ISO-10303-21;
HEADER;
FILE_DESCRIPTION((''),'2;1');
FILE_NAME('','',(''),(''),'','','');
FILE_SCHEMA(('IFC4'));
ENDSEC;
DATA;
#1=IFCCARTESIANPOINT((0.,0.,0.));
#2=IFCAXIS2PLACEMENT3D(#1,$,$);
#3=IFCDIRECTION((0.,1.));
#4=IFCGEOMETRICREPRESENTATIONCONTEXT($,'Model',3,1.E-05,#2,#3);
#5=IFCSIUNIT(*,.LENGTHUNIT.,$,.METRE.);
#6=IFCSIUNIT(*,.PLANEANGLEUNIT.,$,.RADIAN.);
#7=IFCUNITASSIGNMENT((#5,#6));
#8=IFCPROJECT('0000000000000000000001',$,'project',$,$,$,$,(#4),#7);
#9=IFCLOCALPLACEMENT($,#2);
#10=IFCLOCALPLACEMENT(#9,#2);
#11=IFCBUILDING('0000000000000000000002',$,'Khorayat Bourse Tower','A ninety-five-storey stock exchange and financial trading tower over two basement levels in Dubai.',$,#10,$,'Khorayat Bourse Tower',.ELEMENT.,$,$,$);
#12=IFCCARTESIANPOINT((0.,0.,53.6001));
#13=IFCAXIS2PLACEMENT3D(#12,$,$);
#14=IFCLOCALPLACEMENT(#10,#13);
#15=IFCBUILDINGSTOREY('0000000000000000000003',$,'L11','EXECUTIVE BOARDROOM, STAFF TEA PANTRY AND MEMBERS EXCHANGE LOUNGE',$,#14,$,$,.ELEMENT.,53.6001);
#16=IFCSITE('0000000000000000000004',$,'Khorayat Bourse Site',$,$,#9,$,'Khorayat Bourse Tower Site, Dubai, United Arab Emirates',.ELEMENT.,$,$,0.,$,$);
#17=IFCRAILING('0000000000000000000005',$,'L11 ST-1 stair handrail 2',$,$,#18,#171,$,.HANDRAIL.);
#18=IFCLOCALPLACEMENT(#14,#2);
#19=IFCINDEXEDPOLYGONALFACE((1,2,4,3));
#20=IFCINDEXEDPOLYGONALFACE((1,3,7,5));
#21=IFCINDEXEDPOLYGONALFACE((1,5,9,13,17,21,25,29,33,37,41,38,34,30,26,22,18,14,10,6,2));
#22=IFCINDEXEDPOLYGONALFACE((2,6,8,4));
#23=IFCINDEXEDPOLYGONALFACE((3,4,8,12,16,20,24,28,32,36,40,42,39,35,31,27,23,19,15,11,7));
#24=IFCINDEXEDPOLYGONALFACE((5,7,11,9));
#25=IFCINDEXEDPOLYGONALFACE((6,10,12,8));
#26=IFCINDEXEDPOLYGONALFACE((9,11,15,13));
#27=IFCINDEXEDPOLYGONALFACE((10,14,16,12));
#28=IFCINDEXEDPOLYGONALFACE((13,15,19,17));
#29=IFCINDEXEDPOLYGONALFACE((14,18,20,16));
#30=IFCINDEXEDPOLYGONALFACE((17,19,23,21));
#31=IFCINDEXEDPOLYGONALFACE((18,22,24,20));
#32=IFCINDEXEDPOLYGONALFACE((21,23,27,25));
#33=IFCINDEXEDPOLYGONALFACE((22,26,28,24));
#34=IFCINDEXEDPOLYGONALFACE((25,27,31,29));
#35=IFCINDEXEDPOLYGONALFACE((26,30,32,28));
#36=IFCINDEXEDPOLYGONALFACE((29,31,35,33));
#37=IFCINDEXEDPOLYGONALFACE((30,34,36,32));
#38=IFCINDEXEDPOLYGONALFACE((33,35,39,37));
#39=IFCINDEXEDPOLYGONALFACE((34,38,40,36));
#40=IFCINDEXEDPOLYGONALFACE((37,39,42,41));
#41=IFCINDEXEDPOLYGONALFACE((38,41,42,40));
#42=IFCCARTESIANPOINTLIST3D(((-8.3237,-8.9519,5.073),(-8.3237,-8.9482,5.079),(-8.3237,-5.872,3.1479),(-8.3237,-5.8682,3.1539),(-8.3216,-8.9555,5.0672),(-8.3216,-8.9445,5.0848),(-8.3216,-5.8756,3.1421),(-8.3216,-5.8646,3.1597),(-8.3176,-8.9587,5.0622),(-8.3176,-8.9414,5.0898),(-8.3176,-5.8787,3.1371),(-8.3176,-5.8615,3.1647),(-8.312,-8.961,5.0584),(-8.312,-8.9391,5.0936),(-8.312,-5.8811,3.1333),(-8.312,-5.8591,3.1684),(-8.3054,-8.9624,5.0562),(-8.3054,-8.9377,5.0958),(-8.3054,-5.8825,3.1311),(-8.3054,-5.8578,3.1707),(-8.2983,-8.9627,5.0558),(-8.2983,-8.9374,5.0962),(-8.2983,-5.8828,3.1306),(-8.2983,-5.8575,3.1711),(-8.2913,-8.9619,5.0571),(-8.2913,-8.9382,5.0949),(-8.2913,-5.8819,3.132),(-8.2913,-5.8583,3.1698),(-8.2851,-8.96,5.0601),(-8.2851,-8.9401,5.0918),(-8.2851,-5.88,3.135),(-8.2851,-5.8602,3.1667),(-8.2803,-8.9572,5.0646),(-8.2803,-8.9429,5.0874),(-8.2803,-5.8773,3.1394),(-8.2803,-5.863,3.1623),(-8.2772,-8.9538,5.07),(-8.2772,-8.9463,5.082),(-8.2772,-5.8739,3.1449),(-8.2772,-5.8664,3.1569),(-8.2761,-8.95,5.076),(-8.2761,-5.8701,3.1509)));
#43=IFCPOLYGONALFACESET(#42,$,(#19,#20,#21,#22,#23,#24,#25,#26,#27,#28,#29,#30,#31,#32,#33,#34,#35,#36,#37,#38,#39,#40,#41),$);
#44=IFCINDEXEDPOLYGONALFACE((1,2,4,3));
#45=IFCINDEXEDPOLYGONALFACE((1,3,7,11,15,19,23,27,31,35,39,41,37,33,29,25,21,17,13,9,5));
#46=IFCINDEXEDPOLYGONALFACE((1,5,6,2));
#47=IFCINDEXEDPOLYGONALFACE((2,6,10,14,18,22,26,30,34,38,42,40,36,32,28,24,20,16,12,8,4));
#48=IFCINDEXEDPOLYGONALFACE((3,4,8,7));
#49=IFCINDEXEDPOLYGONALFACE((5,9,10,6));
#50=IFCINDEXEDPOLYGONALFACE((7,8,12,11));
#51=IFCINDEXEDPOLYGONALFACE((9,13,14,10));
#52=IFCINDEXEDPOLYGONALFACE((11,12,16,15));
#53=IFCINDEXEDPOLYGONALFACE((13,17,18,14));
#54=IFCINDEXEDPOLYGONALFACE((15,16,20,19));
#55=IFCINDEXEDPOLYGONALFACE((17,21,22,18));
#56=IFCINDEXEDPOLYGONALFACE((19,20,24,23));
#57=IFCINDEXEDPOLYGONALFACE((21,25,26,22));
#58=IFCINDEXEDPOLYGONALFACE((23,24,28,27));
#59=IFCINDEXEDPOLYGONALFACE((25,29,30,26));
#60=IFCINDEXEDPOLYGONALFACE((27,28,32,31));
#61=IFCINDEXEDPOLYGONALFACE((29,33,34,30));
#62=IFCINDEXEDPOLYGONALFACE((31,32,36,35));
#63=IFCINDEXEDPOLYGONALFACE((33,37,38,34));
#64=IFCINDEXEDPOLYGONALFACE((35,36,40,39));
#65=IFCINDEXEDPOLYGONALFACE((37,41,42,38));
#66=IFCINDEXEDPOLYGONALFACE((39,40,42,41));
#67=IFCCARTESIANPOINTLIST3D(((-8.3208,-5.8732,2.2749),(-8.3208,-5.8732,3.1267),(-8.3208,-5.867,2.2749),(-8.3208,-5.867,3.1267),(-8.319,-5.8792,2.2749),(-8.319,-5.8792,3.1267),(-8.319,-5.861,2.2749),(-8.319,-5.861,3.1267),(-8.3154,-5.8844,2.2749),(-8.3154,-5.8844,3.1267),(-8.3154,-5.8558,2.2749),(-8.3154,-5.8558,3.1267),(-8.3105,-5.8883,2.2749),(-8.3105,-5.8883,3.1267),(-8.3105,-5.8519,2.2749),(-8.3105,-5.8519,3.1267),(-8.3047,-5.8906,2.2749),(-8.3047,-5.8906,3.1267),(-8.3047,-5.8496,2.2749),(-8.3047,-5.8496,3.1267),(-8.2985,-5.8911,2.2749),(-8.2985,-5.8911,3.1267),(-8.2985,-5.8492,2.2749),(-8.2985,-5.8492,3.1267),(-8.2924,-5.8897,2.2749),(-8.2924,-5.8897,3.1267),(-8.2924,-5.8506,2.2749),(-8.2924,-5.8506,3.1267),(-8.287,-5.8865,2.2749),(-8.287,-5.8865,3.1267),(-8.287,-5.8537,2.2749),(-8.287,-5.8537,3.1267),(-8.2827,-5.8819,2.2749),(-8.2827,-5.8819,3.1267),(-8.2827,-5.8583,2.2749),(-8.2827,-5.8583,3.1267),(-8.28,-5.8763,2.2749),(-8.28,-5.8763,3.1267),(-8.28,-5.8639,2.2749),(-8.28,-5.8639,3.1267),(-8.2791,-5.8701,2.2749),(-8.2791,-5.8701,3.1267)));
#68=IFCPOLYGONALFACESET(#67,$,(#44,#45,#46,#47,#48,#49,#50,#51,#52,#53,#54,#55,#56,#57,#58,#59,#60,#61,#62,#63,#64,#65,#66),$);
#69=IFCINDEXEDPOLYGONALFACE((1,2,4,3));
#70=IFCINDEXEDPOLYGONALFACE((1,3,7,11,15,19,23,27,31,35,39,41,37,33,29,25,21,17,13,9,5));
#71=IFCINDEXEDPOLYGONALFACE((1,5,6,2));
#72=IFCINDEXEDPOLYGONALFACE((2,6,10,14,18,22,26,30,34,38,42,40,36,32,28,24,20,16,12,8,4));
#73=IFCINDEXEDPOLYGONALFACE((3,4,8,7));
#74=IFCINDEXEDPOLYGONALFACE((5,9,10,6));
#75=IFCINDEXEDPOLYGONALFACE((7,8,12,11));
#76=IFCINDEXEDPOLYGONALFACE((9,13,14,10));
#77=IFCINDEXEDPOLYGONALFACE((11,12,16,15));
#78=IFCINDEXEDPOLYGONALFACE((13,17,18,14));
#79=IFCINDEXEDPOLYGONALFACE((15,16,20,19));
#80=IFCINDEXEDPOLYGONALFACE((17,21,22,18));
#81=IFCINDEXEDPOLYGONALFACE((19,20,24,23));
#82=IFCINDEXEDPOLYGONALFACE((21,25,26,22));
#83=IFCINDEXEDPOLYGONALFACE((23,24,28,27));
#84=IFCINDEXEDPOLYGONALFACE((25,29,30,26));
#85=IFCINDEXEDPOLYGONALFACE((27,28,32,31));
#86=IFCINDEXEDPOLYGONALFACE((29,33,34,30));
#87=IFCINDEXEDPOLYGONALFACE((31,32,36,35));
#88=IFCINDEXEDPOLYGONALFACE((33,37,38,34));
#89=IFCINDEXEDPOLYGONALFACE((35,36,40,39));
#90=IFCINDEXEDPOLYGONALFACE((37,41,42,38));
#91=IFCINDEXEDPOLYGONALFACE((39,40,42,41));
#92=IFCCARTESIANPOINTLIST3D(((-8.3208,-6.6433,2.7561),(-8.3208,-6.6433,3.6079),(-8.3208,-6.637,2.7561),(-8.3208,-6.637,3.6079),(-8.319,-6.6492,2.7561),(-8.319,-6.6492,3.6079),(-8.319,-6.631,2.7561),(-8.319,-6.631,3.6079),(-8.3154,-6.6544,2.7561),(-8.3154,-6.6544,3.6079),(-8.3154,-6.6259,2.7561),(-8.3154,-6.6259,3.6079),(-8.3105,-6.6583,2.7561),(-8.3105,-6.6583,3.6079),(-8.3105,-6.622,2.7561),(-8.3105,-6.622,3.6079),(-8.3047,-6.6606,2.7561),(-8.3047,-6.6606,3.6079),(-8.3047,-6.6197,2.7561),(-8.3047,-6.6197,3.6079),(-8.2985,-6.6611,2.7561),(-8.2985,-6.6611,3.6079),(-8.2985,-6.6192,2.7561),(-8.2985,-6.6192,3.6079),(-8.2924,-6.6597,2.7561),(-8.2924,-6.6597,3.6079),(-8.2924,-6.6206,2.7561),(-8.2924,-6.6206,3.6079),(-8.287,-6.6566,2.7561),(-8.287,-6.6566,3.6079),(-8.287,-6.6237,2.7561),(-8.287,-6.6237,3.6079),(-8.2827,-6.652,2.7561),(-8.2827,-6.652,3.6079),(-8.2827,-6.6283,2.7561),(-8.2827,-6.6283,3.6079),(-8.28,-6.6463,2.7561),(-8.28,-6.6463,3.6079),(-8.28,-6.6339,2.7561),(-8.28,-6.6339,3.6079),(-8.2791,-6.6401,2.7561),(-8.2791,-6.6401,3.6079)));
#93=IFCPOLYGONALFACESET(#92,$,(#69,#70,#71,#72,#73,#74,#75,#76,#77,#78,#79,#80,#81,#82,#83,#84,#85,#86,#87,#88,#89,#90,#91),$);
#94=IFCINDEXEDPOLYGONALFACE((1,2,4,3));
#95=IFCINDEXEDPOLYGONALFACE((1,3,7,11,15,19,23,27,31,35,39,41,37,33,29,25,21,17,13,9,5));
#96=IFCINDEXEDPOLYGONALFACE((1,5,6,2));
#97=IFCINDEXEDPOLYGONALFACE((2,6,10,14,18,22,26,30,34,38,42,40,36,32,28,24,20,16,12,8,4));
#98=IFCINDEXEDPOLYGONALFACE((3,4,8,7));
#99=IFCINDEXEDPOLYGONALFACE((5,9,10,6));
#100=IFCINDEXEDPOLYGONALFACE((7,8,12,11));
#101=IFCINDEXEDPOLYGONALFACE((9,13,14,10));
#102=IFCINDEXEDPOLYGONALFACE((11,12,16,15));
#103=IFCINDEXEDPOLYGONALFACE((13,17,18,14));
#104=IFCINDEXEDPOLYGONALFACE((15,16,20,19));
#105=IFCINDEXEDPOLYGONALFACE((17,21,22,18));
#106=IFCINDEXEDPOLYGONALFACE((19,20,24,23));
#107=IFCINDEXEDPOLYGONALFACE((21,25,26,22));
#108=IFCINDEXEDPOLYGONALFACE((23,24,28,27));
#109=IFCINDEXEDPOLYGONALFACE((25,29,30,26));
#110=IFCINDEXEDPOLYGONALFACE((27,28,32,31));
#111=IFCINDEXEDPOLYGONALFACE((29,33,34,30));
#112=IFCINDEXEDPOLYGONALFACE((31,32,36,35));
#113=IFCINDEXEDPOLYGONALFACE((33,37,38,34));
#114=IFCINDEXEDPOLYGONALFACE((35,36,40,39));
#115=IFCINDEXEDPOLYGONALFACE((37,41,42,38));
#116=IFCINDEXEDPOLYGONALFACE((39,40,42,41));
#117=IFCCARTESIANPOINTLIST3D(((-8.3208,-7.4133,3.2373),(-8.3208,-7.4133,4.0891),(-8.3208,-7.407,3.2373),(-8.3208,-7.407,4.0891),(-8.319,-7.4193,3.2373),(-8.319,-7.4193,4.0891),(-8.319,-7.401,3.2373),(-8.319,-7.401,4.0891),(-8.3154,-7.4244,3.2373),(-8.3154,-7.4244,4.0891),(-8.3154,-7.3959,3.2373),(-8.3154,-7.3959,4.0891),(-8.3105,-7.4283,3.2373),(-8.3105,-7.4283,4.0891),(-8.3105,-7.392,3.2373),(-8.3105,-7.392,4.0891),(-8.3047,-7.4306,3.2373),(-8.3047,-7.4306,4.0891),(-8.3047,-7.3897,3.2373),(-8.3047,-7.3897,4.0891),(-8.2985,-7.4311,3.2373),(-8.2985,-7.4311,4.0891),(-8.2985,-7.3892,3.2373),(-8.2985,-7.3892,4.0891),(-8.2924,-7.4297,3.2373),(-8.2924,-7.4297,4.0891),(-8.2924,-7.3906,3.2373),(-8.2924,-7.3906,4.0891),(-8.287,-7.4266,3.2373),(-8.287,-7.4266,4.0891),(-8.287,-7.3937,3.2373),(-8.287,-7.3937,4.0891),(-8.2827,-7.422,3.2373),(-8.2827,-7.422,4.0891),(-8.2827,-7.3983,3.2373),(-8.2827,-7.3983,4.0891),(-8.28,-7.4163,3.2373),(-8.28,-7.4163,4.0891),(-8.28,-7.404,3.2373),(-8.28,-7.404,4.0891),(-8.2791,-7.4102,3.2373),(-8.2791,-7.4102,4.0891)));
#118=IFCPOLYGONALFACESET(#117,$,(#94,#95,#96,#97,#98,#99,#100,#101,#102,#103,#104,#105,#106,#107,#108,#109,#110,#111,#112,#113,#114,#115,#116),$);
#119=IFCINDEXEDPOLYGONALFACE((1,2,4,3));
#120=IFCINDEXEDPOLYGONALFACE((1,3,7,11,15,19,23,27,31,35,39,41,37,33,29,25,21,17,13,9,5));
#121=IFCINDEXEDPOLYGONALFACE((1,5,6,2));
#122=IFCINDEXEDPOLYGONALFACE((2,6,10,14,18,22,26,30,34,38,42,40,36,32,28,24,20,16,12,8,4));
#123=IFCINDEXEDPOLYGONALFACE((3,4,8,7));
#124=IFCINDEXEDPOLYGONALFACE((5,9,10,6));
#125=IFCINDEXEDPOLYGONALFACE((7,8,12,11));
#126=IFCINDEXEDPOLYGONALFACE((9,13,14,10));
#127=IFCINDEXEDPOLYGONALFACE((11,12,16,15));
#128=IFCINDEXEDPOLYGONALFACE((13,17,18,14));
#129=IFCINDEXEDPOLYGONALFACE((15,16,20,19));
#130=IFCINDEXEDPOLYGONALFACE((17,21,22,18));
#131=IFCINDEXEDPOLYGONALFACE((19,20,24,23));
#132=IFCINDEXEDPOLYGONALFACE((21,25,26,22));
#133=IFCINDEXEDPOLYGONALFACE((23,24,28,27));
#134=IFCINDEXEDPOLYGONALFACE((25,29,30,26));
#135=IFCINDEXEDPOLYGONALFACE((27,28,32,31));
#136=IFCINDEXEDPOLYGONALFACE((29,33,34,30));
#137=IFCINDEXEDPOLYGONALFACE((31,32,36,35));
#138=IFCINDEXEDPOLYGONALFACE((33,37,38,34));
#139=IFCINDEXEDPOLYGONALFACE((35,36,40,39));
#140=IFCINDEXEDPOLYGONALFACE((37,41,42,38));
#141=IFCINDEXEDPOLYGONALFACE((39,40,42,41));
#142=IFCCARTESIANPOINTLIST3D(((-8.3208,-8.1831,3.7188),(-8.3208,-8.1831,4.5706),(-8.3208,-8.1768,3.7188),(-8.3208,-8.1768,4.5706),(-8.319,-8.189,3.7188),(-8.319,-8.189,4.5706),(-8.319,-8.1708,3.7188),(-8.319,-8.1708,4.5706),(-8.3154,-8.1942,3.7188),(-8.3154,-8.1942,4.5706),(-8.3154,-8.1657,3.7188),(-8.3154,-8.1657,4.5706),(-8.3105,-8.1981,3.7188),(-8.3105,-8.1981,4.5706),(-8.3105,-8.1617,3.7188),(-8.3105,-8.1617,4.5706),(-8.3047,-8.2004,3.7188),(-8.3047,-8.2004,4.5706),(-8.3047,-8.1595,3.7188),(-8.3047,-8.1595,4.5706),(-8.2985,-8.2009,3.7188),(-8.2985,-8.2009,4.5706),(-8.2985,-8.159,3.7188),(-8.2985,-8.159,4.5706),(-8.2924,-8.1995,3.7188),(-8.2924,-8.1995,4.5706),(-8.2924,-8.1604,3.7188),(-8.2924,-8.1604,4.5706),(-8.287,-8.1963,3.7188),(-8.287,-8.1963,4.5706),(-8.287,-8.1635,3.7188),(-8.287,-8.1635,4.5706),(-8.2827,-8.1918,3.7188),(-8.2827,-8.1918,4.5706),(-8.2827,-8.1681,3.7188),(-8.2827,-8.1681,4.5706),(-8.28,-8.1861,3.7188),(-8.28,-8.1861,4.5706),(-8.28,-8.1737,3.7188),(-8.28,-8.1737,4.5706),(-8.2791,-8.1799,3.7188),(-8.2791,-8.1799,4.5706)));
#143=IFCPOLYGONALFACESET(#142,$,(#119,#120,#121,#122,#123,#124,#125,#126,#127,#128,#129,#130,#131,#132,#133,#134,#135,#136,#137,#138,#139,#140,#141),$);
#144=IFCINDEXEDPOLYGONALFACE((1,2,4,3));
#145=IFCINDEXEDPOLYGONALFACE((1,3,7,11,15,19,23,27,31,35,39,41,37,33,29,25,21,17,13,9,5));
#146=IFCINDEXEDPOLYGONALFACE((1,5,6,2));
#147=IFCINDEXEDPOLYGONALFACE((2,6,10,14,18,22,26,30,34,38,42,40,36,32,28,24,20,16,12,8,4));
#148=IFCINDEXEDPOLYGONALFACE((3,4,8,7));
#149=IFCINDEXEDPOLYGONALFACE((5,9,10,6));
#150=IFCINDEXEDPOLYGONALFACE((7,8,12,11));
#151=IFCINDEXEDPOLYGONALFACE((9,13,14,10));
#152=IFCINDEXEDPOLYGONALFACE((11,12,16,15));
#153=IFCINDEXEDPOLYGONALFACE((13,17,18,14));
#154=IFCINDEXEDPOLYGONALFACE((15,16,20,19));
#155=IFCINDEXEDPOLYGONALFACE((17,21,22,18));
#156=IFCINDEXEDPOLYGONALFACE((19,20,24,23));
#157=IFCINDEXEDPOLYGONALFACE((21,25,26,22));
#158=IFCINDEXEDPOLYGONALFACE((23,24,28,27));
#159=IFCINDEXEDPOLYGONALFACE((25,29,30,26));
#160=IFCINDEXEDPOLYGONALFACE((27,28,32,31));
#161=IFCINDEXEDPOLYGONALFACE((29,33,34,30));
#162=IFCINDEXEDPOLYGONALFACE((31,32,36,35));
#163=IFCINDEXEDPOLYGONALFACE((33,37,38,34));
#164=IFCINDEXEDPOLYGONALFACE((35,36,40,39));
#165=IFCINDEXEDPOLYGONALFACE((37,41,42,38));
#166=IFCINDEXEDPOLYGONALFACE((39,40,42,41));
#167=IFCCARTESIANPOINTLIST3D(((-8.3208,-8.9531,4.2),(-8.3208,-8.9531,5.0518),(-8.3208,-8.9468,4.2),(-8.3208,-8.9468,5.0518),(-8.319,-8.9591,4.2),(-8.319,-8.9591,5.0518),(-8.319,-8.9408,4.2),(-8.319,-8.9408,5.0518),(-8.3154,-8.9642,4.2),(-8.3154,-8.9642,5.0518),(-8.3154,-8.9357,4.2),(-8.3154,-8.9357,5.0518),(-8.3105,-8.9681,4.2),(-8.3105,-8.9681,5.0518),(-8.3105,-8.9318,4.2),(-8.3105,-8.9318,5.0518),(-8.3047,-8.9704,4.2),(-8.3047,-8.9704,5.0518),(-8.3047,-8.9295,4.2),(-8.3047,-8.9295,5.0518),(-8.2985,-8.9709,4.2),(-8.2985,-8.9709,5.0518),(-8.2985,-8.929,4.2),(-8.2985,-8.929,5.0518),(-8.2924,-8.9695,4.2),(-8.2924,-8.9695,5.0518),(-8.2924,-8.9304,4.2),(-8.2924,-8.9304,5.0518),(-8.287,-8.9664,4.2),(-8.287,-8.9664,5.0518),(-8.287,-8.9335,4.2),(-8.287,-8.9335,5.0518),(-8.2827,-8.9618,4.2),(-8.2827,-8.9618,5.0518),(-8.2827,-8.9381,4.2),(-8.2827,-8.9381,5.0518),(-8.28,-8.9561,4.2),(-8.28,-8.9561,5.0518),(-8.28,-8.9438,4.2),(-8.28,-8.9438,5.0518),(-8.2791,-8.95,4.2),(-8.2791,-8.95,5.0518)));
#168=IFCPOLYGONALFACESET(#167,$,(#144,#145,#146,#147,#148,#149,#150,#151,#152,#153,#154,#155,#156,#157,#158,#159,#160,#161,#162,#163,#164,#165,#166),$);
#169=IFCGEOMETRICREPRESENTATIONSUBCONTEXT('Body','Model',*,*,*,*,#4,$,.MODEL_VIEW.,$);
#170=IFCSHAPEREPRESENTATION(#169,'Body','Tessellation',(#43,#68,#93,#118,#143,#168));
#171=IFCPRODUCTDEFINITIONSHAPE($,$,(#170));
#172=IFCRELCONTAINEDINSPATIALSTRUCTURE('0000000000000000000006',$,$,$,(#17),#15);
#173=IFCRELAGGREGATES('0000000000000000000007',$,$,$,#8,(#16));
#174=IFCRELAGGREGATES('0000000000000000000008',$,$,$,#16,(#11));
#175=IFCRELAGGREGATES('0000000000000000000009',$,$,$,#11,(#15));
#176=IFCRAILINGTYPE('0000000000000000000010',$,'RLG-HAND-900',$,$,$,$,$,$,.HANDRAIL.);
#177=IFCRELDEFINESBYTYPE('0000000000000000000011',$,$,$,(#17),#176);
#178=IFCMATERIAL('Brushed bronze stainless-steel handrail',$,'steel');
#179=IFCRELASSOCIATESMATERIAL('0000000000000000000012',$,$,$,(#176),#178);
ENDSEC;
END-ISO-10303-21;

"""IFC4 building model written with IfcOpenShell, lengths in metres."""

from ifc_helpers import new_model, si_unit, direction, frame, origin, origin_2d, place, context, subcontext, project, spatial, circle, extrude, source, transform, mapped, material, type_object, element, save


model = new_model("IFC4")

# Units and contexts
model_context = context("Model", 3, precision=1e-05, world=origin(), true_north=direction((0.0, 1.0)))
body_context = subcontext(model_context, "Body", "Model", "MODEL_VIEW")
ifc_project = project(units=[si_unit("LENGTHUNIT", "METRE"), si_unit("PLANEANGLEUNIT", "RADIAN")], contexts=[model_context])

# Site, building, storey
site_placement = place(None, origin())
site = spatial("IfcSite", under=ifc_project, at=site_placement, Name="Khorayat Bourse Site", LongName="Khorayat Bourse Tower Site, Dubai, United Arab Emirates", CompositionType="ELEMENT", RefElevation=0.0)
building_placement = place(site_placement, origin())
building = spatial("IfcBuilding", under=site, at=building_placement, Name="Khorayat Bourse Tower", Description="A ninety-five-storey stock exchange and financial trading tower over two basement levels in Dubai.", LongName="Khorayat Bourse Tower", CompositionType="ELEMENT")
storey_placement = place(building_placement, frame((0.0, 0.0, 53.6001)))
storey = spatial("IfcBuildingStorey", under=building, at=storey_placement, Name="L11", Description="EXECUTIVE BOARDROOM, STAFF TEA PANTRY AND MEMBERS EXCHANGE LOUNGE", CompositionType="ELEMENT", Elevation=53.6001)

# Railing
ifc_material_1 = material(Name="Brushed bronze stainless-steel handrail", Category="steel")
railing_type_1 = type_object("IfcRailingType", Name="RLG-HAND-900", PredefinedType="HANDRAIL", material=ifc_material_1)
shared_shape_1 = source(origin(), body_context, "Body", "SweptSolid", [
    extrude(circle(Radius=0.0239, at=origin_2d()), frame((0.0, 0.0, 0.876), z_axis=(0.0, -0.847979, 0.530029), x_axis=(1.0, 0.0, 0.0)), (0.0, 0.0, 1.0), 3.6321),
    extrude(circle(Radius=0.021, at=origin_2d()), origin(), (0.0, 0.0, 1.0), 0.8518),
    extrude(circle(Radius=0.021, at=origin_2d()), frame((0.0, -0.77, 0.4812)), (0.0, 0.0, 1.0), 0.8518),
    extrude(circle(Radius=0.021, at=origin_2d()), frame((0.0, -1.54, 0.9624)), (0.0, 0.0, 1.0), 0.8518),
    extrude(circle(Radius=0.021, at=origin_2d()), frame((0.0, -2.3098, 1.4438)), (0.0, 0.0, 1.0), 0.8518),
    extrude(circle(Radius=0.021, at=origin_2d()), frame((0.0, -3.0798, 1.925)), (0.0, 0.0, 1.0), 0.8518),
])
railing_1_placement = place(storey_placement, frame((-8.3, -5.8701, 2.2749)))
element("IfcRailing", 1, at=railing_1_placement, inside=storey, type_object=railing_type_1, Name="L11 ST-1 stair handrail 2", PredefinedType="HANDRAIL", context=body_context, shape_type="MappedRepresentation", body=[
    mapped(shared_shape_1, transform((0.0, 0.0, 0.0), scale=1.0)),
])

save(model, "model.ifc")
